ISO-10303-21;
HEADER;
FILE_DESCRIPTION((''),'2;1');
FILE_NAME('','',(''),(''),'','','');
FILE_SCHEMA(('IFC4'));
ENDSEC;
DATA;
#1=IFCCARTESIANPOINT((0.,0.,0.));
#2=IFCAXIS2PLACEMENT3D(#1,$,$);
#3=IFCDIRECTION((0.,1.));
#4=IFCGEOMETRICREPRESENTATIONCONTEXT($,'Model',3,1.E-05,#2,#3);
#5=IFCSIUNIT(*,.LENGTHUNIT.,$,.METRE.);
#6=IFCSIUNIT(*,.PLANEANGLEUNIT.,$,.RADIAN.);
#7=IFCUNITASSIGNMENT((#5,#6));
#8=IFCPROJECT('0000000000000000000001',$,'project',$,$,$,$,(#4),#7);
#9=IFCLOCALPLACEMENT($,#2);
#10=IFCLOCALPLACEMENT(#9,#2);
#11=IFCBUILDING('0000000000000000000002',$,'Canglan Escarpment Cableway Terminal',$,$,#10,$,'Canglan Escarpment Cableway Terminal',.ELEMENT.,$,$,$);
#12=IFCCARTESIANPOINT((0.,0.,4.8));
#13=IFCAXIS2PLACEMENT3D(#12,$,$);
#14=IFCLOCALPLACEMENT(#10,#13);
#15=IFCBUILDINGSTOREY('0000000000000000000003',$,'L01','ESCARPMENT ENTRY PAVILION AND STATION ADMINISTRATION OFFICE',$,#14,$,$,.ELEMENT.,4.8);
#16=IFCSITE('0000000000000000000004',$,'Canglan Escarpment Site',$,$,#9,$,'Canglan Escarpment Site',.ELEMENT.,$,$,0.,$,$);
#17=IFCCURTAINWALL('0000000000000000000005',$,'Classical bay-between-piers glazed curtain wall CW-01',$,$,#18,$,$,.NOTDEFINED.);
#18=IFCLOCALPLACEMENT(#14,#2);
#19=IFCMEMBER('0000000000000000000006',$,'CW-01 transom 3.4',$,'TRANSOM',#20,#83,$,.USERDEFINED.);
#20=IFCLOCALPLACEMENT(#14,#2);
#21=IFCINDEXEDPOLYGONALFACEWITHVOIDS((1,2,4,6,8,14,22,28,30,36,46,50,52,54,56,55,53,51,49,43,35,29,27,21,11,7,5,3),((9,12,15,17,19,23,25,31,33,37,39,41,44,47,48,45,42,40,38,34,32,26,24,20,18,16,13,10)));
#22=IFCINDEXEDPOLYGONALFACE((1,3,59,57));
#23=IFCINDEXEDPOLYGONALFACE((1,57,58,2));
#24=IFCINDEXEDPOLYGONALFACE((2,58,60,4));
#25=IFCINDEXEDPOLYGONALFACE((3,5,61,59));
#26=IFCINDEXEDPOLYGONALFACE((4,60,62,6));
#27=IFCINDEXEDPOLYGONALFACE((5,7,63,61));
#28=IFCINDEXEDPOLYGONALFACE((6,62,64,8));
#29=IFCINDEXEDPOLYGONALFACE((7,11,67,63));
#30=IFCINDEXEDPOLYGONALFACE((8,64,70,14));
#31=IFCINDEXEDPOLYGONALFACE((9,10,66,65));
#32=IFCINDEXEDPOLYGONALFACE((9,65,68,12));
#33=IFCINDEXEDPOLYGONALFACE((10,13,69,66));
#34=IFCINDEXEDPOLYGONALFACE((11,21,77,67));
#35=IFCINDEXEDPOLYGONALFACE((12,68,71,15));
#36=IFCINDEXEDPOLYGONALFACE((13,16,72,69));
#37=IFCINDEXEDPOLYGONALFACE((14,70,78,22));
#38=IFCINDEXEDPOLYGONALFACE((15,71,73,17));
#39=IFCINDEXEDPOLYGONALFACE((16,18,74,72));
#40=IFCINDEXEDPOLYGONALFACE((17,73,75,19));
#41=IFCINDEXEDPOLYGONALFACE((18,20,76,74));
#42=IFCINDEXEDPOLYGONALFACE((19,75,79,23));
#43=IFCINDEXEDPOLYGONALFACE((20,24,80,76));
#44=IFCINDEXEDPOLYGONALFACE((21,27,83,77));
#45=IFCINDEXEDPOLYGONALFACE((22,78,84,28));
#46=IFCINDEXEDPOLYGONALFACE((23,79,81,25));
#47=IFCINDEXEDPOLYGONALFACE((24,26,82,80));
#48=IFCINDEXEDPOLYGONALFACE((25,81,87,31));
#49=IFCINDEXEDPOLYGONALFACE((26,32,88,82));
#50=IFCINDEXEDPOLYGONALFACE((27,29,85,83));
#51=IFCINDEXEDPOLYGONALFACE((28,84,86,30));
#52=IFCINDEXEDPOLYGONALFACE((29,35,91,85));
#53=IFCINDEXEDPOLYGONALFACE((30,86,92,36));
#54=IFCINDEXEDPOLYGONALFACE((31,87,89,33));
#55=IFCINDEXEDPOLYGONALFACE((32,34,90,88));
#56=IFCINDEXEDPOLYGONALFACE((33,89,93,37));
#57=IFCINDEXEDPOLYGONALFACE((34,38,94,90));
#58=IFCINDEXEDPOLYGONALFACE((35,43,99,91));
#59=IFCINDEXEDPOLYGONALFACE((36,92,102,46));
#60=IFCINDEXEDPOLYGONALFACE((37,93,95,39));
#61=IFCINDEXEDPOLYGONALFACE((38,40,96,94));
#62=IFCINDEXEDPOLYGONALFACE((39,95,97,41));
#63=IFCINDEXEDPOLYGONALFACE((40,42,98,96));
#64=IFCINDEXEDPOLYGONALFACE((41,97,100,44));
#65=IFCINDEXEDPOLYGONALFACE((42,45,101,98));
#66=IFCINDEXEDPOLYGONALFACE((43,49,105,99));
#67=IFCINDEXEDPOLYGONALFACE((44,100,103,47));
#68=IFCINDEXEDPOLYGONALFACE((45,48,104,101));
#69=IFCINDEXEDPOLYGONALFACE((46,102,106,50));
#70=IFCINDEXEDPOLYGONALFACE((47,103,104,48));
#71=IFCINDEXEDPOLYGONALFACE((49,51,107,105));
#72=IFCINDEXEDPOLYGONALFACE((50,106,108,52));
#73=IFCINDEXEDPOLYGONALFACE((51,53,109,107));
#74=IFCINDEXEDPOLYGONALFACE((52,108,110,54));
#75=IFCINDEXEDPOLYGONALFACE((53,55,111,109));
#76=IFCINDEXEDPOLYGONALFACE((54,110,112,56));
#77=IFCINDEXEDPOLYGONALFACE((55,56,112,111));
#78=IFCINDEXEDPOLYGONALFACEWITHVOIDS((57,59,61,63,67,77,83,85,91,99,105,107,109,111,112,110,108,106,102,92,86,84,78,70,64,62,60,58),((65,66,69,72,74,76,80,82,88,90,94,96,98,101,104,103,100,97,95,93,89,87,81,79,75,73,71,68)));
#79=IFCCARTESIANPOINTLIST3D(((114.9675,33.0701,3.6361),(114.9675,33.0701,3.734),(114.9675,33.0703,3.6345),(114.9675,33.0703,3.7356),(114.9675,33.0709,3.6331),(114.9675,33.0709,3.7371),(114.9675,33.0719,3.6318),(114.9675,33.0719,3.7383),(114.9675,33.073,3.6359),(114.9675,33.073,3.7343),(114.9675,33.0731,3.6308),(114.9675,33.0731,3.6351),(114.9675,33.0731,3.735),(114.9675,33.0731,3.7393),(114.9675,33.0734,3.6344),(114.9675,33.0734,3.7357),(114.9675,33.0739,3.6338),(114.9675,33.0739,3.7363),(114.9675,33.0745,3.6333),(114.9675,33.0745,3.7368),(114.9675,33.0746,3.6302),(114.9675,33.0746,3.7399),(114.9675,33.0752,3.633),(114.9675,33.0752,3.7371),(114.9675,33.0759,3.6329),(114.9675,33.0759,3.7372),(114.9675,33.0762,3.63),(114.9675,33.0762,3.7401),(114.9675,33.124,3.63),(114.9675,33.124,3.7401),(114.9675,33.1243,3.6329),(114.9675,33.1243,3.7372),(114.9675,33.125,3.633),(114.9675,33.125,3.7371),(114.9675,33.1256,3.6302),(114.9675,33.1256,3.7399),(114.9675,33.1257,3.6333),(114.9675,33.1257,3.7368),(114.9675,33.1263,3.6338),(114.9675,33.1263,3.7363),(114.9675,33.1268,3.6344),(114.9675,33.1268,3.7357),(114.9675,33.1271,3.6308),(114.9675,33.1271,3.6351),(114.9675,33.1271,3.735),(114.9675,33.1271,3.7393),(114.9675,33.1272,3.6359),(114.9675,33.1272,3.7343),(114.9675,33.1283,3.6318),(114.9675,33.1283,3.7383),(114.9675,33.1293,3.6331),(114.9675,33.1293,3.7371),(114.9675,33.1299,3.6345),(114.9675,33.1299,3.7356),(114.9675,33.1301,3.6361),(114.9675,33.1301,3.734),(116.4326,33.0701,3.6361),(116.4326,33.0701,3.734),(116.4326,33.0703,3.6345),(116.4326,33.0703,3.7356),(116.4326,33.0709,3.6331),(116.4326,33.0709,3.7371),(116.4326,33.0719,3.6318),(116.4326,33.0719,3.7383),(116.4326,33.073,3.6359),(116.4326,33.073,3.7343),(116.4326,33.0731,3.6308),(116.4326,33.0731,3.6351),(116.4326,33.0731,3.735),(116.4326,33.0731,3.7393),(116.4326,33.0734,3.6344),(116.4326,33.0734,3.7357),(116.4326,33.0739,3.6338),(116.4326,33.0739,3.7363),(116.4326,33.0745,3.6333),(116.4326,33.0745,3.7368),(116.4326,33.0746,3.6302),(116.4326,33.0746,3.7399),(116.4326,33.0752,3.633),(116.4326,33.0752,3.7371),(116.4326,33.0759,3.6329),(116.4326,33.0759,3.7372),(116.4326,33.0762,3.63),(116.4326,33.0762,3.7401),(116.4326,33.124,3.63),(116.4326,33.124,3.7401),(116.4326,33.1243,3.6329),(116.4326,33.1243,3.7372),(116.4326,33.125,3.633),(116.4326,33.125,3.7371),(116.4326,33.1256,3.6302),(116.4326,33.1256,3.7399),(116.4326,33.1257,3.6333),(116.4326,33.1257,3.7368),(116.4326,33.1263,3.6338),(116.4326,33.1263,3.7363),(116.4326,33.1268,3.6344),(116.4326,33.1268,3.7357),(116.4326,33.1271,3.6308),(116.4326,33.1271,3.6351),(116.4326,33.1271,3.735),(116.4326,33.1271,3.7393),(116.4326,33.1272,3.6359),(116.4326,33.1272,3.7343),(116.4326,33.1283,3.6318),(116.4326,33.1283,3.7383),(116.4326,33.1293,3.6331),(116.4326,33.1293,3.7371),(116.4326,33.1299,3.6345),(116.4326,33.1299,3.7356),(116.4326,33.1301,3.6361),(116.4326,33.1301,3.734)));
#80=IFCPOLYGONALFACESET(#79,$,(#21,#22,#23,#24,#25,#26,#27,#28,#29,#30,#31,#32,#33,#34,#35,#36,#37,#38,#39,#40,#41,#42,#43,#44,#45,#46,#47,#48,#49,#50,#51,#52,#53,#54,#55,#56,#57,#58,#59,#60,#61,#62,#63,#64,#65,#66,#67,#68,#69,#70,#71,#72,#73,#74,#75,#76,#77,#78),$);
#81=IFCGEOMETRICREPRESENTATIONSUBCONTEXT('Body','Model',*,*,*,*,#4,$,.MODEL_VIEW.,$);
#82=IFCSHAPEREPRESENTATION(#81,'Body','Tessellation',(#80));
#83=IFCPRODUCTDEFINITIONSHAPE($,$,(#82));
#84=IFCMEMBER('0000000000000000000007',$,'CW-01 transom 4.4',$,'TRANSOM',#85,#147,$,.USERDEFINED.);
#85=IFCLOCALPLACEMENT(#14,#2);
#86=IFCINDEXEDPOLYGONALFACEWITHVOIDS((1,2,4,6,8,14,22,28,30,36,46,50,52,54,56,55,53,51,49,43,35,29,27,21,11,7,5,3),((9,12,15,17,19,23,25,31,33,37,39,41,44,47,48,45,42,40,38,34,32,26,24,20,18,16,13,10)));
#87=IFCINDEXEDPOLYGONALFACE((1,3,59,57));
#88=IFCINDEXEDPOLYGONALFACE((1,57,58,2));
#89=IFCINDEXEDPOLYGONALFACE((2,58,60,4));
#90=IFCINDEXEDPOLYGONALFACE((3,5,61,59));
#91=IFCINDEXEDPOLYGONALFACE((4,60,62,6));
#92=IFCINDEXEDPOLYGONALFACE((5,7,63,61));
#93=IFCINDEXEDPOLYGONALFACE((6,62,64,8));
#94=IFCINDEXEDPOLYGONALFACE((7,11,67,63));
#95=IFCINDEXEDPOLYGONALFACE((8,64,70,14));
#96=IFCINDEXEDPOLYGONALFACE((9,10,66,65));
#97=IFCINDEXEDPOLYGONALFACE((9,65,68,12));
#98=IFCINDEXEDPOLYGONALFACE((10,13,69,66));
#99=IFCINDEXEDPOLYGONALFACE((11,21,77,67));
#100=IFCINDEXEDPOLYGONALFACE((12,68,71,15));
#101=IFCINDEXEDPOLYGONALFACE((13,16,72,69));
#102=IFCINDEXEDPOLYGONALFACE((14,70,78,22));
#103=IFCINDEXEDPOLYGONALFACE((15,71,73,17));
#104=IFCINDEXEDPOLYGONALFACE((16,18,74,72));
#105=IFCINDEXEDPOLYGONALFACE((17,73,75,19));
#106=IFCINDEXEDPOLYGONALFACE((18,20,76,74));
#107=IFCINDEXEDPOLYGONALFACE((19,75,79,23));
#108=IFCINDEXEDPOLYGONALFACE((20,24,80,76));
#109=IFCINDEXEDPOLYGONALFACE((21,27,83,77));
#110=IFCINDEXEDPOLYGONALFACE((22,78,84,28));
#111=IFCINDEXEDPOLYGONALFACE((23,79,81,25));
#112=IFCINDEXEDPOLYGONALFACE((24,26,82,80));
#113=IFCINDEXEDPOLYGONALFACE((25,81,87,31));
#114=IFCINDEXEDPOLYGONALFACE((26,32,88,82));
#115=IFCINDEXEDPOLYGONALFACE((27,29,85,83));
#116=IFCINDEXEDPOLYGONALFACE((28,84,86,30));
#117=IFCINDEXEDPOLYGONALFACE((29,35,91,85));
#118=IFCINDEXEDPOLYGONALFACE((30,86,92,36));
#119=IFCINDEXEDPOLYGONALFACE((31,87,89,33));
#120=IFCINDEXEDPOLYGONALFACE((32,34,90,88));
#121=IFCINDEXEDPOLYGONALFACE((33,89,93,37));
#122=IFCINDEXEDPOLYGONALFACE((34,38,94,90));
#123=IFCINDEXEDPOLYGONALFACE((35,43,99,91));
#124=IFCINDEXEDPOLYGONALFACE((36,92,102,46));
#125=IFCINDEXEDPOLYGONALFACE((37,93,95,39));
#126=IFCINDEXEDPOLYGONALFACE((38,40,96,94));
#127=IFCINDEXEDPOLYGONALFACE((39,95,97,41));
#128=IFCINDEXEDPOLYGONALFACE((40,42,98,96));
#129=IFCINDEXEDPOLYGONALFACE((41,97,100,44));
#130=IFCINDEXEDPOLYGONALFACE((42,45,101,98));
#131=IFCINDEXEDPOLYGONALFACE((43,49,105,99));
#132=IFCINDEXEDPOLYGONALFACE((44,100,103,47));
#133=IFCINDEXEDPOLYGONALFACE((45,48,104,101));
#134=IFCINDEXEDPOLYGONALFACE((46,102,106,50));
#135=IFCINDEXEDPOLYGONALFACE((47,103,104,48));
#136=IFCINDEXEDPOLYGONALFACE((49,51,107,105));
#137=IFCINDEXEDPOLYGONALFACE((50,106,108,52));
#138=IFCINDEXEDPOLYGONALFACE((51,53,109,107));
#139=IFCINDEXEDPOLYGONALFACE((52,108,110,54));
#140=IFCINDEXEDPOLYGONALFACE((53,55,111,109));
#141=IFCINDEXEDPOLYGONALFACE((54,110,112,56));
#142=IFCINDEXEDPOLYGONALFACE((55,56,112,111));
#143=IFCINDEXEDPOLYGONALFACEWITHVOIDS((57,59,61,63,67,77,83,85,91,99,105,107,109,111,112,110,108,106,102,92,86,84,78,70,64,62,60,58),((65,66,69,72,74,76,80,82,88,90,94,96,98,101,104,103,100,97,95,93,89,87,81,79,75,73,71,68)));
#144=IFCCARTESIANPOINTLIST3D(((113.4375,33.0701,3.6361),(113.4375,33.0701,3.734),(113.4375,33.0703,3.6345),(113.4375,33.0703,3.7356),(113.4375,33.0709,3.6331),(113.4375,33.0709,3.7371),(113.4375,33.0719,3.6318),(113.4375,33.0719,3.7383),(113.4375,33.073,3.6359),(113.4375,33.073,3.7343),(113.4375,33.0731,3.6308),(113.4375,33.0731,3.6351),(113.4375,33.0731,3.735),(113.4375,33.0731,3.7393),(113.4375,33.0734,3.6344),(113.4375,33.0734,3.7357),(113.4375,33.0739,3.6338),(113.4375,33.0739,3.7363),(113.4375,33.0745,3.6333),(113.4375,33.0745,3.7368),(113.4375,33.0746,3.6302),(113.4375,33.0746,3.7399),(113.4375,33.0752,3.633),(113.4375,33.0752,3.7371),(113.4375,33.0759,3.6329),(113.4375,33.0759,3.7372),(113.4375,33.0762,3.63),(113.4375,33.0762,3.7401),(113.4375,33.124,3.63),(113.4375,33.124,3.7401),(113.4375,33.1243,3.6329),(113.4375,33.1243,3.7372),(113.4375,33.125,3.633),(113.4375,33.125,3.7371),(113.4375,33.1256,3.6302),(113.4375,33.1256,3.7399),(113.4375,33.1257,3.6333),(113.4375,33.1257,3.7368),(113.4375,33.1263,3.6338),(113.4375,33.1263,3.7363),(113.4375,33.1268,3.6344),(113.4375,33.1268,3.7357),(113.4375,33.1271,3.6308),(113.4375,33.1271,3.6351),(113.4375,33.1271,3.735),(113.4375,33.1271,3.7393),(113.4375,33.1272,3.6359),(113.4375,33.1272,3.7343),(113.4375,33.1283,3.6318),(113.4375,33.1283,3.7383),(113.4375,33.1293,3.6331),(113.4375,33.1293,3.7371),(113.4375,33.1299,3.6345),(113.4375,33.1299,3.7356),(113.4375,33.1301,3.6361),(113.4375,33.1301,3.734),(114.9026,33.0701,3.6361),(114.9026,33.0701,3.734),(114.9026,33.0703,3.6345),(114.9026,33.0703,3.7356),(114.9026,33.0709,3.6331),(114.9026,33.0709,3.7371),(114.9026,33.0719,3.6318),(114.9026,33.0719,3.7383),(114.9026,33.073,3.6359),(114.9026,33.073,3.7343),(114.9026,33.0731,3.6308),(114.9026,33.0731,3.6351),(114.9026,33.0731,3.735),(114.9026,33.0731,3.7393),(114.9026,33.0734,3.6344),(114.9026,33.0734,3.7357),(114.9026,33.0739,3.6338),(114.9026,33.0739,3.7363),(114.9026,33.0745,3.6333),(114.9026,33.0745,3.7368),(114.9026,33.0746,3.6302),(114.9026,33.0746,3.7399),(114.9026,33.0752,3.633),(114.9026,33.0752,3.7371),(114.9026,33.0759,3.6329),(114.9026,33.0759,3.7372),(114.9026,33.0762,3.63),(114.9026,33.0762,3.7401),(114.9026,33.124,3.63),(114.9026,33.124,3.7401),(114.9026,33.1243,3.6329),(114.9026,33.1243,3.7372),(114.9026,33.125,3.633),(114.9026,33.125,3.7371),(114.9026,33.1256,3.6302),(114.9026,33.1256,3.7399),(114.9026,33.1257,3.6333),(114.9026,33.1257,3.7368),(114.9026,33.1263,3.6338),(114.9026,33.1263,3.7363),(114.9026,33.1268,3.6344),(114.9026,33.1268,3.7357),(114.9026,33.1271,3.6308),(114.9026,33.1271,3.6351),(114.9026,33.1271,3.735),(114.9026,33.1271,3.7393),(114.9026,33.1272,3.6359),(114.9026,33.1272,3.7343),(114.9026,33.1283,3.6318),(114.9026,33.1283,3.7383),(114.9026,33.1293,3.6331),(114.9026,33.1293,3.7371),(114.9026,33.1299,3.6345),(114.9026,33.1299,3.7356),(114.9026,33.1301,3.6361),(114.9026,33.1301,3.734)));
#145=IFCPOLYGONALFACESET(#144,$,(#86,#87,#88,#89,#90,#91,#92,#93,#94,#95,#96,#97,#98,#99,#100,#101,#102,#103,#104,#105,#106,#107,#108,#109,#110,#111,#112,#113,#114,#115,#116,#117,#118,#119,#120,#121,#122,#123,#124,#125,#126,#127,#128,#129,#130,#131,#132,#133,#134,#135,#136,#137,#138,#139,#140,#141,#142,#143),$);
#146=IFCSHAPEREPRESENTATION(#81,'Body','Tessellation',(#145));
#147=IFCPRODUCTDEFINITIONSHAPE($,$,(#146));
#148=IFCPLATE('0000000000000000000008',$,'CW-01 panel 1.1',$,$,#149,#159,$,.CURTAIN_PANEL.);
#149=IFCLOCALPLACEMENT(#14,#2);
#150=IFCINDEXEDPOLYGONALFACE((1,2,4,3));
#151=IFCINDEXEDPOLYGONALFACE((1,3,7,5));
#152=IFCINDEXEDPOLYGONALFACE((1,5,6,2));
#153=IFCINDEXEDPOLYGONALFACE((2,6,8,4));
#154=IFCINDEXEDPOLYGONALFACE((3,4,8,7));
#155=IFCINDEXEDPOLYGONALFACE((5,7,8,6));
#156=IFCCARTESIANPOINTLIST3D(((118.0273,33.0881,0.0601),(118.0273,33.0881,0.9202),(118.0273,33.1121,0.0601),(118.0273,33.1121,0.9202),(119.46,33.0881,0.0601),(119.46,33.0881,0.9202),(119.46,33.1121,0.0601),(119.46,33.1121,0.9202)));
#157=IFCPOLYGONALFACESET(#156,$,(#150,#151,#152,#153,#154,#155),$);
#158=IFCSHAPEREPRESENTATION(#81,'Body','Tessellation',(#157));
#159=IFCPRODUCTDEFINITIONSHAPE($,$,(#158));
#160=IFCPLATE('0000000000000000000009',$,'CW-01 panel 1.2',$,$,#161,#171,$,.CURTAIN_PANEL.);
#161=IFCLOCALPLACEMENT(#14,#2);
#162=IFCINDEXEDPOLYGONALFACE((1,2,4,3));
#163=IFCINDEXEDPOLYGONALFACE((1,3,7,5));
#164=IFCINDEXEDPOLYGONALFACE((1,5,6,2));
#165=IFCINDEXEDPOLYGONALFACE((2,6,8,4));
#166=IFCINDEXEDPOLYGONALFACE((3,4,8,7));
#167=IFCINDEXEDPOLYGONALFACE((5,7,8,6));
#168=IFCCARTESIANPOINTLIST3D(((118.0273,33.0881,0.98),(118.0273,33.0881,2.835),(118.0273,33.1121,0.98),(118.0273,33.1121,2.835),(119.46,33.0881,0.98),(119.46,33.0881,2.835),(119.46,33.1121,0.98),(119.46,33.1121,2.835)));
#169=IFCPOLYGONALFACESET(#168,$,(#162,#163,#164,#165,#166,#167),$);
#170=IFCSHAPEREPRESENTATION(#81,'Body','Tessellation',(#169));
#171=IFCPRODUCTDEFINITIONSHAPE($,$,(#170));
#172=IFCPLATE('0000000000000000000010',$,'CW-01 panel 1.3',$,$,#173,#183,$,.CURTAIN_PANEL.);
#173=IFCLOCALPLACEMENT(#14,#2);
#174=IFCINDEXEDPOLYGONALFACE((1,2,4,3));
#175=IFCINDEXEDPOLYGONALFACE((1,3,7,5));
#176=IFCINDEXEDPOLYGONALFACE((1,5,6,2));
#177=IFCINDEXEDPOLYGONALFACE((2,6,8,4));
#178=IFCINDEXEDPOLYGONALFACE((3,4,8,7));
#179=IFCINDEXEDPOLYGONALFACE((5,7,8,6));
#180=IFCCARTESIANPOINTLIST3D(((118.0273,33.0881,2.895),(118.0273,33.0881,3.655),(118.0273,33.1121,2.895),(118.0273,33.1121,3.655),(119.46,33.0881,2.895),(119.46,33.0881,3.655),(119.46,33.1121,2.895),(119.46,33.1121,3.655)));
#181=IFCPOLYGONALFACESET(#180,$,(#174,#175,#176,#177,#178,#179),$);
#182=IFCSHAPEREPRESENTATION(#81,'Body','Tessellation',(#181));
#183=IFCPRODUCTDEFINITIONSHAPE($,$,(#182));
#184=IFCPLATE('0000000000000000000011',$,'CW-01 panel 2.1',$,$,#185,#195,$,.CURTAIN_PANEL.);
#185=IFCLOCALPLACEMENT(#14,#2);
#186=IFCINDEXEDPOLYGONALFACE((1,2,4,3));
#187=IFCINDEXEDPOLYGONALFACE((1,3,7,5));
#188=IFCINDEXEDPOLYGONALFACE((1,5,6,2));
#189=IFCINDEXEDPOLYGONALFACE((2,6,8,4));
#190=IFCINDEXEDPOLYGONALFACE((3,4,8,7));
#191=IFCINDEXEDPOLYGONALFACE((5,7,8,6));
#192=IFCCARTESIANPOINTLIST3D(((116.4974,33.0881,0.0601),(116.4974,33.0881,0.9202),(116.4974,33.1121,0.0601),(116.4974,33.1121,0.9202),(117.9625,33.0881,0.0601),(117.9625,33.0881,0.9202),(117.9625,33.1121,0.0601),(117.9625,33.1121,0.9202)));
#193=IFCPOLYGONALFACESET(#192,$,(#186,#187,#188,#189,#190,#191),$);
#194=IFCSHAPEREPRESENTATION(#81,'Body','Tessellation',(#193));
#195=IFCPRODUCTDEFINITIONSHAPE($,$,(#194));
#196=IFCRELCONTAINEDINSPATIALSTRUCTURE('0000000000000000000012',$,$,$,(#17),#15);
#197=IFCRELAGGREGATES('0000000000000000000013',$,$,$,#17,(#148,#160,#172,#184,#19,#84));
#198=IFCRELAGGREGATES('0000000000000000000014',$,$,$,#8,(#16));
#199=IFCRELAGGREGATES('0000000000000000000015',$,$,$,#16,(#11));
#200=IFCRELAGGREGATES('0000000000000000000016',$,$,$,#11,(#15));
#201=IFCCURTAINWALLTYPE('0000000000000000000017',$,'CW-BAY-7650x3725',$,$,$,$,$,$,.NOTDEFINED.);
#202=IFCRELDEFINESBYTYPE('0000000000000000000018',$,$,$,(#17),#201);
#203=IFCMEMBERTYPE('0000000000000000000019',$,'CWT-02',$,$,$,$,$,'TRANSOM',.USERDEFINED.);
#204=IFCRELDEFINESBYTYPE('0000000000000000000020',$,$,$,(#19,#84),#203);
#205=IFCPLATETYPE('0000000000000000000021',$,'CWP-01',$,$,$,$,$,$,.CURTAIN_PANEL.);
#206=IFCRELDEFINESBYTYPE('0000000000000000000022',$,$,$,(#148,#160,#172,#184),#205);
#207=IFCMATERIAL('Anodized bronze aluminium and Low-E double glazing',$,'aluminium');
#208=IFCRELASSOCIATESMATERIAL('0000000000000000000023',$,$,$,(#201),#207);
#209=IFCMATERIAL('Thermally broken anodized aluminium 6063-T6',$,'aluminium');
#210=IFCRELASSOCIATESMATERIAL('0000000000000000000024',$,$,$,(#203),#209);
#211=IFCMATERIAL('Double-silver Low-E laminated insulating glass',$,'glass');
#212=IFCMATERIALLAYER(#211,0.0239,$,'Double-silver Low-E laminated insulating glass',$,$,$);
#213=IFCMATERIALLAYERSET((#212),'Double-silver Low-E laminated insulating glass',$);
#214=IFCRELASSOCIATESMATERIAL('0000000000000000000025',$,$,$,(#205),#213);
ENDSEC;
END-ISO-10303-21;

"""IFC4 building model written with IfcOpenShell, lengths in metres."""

from ifc_helpers import new_model, si_unit, direction, frame, origin, origin_2d, place, context, subcontext, project, spatial, rectangle, hollow_rectangle, extrude, material, layer, layer_set, material_profile, profile_set, type_object, element, aggregate, save


model = new_model("IFC4")

# Units and contexts
model_context = context("Model", 3, precision=1e-05, world=origin(), true_north=direction((0.0, 1.0)))
body_context = subcontext(model_context, "Body", "Model", "MODEL_VIEW")
ifc_project = project(units=[si_unit("LENGTHUNIT", "METRE"), si_unit("PLANEANGLEUNIT", "RADIAN")], contexts=[model_context])

# Site, building, storey
site_placement = place(None, origin())
site = spatial("IfcSite", under=ifc_project, at=site_placement, Name="Canglan Escarpment Site", LongName="Canglan Escarpment Site", CompositionType="ELEMENT", RefElevation=0.0)
building_placement = place(site_placement, origin())
building = spatial("IfcBuilding", under=site, at=building_placement, Name="Canglan Escarpment Cableway Terminal", LongName="Canglan Escarpment Cableway Terminal", CompositionType="ELEMENT")
storey_placement = place(building_placement, frame((0.0, 0.0, 4.8)))
storey = spatial("IfcBuildingStorey", under=building, at=storey_placement, Name="L01", Description="ESCARPMENT ENTRY PAVILION AND STATION ADMINISTRATION OFFICE", CompositionType="ELEMENT", Elevation=4.8)

# Curtain wall, members, plates
ifc_material_1 = material(Name="Anodized bronze aluminium and Low-E double glazing", Category="aluminium")
curtain_wall_type = type_object("IfcCurtainWallType", Name="CW-BAY-7650x3725", PredefinedType="NOTDEFINED", material=ifc_material_1)
curtain_wall_placement = place(storey_placement, origin())
curtain_wall = element("IfcCurtainWall", 1, at=curtain_wall_placement, inside=storey, type_object=curtain_wall_type, Name="Classical bay-between-piers glazed curtain wall CW-01", PredefinedType="NOTDEFINED")
ifc_material_2 = material(Name="Thermally broken anodized aluminium 6063-T6", Category="aluminium")
ifc_material_profile_1 = material_profile(ifc_material_2, hollow_rectangle(XDim=0.0601, YDim=0.1101, WallThickness=0.0029, InnerFilletRadius=0.0029, OuterFilletRadius=0.0061, at=origin_2d()), Name="ALU-TRAN 60x110x3")
ifc_profile_set_1 = profile_set([ifc_material_profile_1], Name="Thermally broken anodized aluminium 6063-T6")
member_type_1 = type_object("IfcMemberType", Name="CWT-02", ElementType="TRANSOM", PredefinedType="USERDEFINED", material=ifc_profile_set_1)
member_1_placement = place(storey_placement, frame((116.4326, 33.1001, 3.6851), z_axis=(-1.0, 0.0, 0.0), x_axis=(0.0, -1.0, 0.0)))
member_1 = element("IfcMember", 2, at=member_1_placement, type_object=member_type_1, Name="CW-01 transom 3.4", ObjectType="TRANSOM", PredefinedType="USERDEFINED", context=body_context, shape_type="SweptSolid", body=[
    extrude(hollow_rectangle(XDim=0.0601, YDim=0.1101, WallThickness=0.0029, InnerFilletRadius=0.0029, OuterFilletRadius=0.0061, at=origin_2d()), origin(), (0.0, 0.0, 1.0), 1.4651),
])
member_2_placement = place(storey_placement, frame((114.9026, 33.1001, 3.6851), z_axis=(-1.0, 0.0, 0.0), x_axis=(0.0, -1.0, 0.0)))
member_2 = element("IfcMember", 3, at=member_2_placement, type_object=member_type_1, Name="CW-01 transom 4.4", ObjectType="TRANSOM", PredefinedType="USERDEFINED", context=body_context, shape_type="SweptSolid", body=[
    extrude(hollow_rectangle(XDim=0.0601, YDim=0.1101, WallThickness=0.0029, InnerFilletRadius=0.0029, OuterFilletRadius=0.0061, at=origin_2d()), origin(), (0.0, 0.0, 1.0), 1.4651),
])
ifc_material_3 = material(Name="Double-silver Low-E laminated insulating glass", Category="glass")
ifc_layer = layer(ifc_material_3, 0.0239, Name="Double-silver Low-E laminated insulating glass")
ifc_layer_set = layer_set([ifc_layer], Name="Double-silver Low-E laminated insulating glass")
plate_type = type_object("IfcPlateType", Name="CWP-01", PredefinedType="CURTAIN_PANEL", material=ifc_layer_set)
plate_1_placement = place(storey_placement, frame((118.7437, 33.1001, 0.0601), z_axis=(0.0, 0.0, 1.0), x_axis=(-1.0, 0.0, 0.0)))
plate_1 = element("IfcPlate", 4, at=plate_1_placement, type_object=plate_type, Name="CW-01 panel 1.1", PredefinedType="CURTAIN_PANEL", context=body_context, shape_type="SweptSolid", body=[
    extrude(rectangle(XDim=1.4326, YDim=0.0239, at=origin_2d()), origin(), (0.0, 0.0, 1.0), 0.8601),
])
plate_2_placement = place(storey_placement, frame((118.7437, 33.1001, 0.98), z_axis=(0.0, 0.0, 1.0), x_axis=(-1.0, 0.0, 0.0)))
plate_2 = element("IfcPlate", 5, at=plate_2_placement, type_object=plate_type, Name="CW-01 panel 1.2", PredefinedType="CURTAIN_PANEL", context=body_context, shape_type="SweptSolid", body=[
    extrude(rectangle(XDim=1.4326, YDim=0.0239, at=origin_2d()), origin(), (0.0, 0.0, 1.0), 1.855),
])
plate_3_placement = place(storey_placement, frame((118.7437, 33.1001, 2.895), z_axis=(0.0, 0.0, 1.0), x_axis=(-1.0, 0.0, 0.0)))
plate_3 = element("IfcPlate", 6, at=plate_3_placement, type_object=plate_type, Name="CW-01 panel 1.3", PredefinedType="CURTAIN_PANEL", context=body_context, shape_type="SweptSolid", body=[
    extrude(rectangle(XDim=1.4326, YDim=0.0239, at=origin_2d()), origin(), (0.0, 0.0, 1.0), 0.76),
])
plate_4_placement = place(storey_placement, frame((117.23, 33.1001, 0.0601), z_axis=(0.0, 0.0, 1.0), x_axis=(-1.0, 0.0, 0.0)))
plate_4 = element("IfcPlate", 7, at=plate_4_placement, type_object=plate_type, Name="CW-01 panel 2.1", PredefinedType="CURTAIN_PANEL", context=body_context, shape_type="SweptSolid", body=[
    extrude(rectangle(XDim=1.4651, YDim=0.0239, at=origin_2d()), origin(), (0.0, 0.0, 1.0), 0.8601),
])
aggregate(curtain_wall, [plate_1, plate_2, plate_3, plate_4, member_1, member_2])

save(model, "model.ifc")
